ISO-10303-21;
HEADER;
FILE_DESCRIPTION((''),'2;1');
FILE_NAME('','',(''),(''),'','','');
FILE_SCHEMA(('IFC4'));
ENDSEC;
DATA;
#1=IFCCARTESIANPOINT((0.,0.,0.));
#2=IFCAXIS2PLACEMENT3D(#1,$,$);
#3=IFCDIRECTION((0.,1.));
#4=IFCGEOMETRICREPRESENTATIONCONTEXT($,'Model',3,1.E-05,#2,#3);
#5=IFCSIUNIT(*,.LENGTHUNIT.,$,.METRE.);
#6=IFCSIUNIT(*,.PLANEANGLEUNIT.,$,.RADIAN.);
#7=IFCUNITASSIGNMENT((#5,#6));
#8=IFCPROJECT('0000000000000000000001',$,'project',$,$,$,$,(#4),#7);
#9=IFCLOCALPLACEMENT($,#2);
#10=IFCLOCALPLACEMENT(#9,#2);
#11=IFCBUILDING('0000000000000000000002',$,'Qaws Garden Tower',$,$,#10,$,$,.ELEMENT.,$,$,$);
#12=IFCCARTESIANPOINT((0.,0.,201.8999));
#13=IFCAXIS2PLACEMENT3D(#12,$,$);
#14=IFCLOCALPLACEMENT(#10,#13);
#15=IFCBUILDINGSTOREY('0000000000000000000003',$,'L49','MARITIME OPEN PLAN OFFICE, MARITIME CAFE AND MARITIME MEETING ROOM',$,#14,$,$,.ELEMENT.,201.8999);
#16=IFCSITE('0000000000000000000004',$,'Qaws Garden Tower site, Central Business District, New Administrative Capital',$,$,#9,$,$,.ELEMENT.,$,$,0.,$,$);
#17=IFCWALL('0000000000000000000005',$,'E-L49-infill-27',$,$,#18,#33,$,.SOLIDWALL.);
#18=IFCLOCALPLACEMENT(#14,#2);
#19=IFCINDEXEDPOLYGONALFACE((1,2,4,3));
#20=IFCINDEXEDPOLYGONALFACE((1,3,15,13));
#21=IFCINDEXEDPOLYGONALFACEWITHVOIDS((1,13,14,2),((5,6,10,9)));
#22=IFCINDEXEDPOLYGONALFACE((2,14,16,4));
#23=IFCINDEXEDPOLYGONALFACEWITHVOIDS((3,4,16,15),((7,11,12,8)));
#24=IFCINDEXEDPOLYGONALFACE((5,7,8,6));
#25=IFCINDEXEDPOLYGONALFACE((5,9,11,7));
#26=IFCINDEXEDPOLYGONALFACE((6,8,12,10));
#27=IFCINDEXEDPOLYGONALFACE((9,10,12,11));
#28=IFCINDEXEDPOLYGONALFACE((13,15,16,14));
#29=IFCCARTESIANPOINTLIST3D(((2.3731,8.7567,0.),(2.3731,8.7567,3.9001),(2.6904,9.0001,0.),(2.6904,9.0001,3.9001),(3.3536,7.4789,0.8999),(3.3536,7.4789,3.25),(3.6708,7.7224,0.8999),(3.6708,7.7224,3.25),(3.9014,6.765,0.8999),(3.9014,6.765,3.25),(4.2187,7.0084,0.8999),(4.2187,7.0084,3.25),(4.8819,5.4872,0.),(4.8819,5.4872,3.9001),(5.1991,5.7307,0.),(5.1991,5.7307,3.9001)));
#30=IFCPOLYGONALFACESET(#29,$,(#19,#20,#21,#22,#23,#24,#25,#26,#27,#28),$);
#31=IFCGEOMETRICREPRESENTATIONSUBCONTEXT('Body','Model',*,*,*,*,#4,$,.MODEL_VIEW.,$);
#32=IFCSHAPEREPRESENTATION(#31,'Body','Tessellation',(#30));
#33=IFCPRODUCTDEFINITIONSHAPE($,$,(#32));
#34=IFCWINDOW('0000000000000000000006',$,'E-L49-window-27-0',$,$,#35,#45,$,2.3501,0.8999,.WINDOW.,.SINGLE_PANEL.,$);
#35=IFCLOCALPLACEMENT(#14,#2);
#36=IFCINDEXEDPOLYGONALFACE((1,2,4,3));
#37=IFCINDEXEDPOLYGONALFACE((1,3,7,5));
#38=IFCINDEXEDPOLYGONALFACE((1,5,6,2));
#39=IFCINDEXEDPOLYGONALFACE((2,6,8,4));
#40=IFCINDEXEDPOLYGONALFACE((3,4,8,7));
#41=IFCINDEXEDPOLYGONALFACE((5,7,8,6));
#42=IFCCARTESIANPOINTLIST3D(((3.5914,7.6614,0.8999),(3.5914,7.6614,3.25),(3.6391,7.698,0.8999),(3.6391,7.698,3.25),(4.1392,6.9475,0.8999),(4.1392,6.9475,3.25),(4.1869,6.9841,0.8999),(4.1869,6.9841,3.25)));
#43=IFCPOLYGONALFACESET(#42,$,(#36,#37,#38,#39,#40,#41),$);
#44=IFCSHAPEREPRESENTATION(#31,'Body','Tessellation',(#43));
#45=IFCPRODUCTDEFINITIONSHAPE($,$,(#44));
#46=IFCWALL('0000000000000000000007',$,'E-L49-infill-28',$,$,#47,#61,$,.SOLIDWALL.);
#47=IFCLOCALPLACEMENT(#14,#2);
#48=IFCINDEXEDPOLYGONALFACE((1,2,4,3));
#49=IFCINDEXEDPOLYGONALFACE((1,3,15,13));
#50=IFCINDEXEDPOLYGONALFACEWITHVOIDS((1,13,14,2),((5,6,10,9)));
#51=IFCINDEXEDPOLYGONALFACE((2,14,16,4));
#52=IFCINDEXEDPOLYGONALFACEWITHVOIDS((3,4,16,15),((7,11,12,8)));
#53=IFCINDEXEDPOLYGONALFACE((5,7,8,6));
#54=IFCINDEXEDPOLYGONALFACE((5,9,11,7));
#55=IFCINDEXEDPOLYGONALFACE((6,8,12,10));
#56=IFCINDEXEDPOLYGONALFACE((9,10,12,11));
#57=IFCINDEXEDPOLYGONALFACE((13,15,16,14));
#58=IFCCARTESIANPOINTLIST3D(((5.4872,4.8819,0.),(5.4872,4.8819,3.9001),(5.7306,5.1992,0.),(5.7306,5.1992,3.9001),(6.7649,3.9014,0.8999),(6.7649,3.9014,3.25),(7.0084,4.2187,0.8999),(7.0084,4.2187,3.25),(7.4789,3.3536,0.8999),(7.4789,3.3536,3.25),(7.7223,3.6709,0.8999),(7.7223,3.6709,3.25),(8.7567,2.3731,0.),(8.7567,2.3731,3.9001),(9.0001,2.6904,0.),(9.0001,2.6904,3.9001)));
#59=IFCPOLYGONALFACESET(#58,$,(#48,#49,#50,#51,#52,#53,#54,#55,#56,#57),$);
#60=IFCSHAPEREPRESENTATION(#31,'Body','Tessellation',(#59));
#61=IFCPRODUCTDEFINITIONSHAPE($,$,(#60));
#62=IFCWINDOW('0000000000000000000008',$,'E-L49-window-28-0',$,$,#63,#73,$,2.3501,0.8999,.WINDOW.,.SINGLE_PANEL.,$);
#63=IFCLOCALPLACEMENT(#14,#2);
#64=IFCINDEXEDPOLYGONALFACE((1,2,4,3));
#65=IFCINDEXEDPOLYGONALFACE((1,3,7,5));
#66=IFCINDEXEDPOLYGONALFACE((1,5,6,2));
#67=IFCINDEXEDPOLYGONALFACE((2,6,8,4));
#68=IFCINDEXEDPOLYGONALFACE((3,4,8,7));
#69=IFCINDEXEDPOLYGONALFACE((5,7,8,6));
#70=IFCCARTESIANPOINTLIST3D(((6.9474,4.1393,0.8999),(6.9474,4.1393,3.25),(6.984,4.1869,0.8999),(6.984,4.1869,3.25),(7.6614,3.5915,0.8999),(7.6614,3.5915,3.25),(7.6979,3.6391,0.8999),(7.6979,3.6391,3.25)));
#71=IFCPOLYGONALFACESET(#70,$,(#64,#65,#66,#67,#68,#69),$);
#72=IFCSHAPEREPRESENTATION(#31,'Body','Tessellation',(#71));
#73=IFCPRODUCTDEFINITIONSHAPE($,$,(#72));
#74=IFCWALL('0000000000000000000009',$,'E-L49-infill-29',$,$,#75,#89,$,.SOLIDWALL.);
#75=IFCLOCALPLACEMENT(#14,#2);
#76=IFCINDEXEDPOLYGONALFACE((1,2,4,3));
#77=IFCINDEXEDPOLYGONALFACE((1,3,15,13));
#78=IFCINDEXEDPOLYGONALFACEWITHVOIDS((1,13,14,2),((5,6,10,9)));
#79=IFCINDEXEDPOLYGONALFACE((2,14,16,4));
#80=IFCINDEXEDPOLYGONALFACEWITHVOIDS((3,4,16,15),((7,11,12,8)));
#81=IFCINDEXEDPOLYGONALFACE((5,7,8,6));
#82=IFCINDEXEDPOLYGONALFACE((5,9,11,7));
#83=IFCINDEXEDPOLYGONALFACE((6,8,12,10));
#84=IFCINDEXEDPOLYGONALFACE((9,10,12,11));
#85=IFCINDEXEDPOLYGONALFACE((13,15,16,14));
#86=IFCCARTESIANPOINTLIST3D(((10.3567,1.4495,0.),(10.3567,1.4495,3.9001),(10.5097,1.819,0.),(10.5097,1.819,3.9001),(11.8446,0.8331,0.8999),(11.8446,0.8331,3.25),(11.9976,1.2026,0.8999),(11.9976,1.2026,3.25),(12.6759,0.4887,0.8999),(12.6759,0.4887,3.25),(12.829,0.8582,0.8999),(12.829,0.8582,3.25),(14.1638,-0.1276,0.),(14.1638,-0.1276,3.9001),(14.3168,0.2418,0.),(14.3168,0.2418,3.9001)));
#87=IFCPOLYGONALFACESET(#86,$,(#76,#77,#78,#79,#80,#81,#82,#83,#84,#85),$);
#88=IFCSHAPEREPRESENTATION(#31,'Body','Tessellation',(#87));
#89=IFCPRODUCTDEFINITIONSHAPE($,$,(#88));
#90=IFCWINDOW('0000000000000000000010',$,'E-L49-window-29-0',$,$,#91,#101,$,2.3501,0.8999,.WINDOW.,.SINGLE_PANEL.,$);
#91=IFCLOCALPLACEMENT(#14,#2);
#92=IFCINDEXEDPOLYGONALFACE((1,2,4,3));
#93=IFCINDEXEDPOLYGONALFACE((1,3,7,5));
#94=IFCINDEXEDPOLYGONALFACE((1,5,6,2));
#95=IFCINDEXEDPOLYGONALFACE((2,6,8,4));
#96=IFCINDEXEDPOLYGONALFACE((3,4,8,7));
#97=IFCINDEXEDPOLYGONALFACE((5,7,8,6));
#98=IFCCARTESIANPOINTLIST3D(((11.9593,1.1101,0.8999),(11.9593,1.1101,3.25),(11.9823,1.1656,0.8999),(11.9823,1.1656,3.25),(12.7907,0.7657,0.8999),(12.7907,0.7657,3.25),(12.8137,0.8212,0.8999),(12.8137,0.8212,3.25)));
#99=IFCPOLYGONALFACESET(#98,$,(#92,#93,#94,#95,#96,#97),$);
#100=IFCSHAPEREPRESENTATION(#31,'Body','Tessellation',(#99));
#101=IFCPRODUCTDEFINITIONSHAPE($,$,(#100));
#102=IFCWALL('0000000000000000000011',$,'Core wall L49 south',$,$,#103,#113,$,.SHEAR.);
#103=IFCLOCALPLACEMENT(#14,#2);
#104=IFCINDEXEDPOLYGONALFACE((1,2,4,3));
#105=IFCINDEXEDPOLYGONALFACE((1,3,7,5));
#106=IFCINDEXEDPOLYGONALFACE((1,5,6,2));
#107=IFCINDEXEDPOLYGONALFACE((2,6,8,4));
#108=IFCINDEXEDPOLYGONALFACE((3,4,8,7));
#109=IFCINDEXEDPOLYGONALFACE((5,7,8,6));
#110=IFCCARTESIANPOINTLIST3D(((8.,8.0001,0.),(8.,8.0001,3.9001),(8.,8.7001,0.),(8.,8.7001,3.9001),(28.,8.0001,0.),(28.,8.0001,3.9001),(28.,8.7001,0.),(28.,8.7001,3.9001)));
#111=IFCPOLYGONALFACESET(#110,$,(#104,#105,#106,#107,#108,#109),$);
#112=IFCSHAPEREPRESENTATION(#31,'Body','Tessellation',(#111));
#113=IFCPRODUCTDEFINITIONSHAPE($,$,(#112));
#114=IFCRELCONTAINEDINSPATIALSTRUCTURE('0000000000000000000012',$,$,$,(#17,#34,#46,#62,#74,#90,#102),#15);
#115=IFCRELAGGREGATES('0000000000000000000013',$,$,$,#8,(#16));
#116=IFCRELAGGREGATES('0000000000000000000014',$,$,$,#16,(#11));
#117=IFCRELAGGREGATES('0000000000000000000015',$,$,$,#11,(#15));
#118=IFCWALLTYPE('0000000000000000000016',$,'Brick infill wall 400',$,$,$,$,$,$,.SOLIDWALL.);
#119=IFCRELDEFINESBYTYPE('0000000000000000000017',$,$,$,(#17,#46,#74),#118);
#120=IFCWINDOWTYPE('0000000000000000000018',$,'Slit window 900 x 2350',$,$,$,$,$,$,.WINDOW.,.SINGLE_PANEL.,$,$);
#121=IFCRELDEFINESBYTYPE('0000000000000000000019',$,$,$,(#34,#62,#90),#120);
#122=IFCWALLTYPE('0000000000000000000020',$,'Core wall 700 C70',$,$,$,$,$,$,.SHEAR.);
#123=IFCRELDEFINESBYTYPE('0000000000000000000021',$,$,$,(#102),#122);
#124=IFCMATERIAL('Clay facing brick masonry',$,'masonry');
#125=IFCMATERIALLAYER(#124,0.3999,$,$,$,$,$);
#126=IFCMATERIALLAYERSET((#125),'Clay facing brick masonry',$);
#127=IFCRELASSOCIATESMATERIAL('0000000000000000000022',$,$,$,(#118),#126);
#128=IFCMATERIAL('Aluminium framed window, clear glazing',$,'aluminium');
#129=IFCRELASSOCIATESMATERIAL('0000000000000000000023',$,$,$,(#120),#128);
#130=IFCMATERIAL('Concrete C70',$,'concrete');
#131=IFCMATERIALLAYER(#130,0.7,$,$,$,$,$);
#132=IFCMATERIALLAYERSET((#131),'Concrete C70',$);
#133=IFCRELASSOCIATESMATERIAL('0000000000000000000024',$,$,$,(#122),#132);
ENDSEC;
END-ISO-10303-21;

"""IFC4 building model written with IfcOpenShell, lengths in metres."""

from ifc_helpers import new_model, si_unit, direction, frame, frame_2d, origin, place, context, subcontext, project, spatial, rectangle, extrude, material, layer, layer_set, type_object, element, fill, save


model = new_model("IFC4")

# Units and contexts
model_context = context("Model", 3, precision=1e-05, world=origin(), true_north=direction((0.0, 1.0)))
body_context = subcontext(model_context, "Body", "Model", "MODEL_VIEW")
ifc_project = project(units=[si_unit("LENGTHUNIT", "METRE"), si_unit("PLANEANGLEUNIT", "RADIAN")], contexts=[model_context])

# Site, building, storey
site_placement = place(None, origin())
site = spatial("IfcSite", under=ifc_project, at=site_placement, Name="Qaws Garden Tower site, Central Business District, New Administrative Capital", CompositionType="ELEMENT", RefElevation=0.0)
building_placement = place(site_placement, origin())
building = spatial("IfcBuilding", under=site, at=building_placement, Name="Qaws Garden Tower", CompositionType="ELEMENT")
storey_placement = place(building_placement, frame((0.0, 0.0, 201.8999)))
storey = spatial("IfcBuildingStorey", under=building, at=storey_placement, Name="L49", Description="MARITIME OPEN PLAN OFFICE, MARITIME CAFE AND MARITIME MEETING ROOM", CompositionType="ELEMENT", Elevation=201.8999)

# Walls, openings, windows
ifc_material_1 = material(Name="Clay facing brick masonry", Category="masonry")
ifc_layer_1 = layer(ifc_material_1, 0.3999)
ifc_layer_set_1 = layer_set([ifc_layer_1], Name="Clay facing brick masonry")
wall_type_1 = type_object("IfcWallType", Name="Brick infill wall 400", PredefinedType="SOLIDWALL", material=ifc_layer_set_1)
wall_1_placement = place(storey_placement, frame((2.5317, 8.8784, 0.0), z_axis=(0.0, 0.0, 1.0), x_axis=(0.60876, -0.793355, 0.0)))
wall_1 = element("IfcWall", 1, at=wall_1_placement, inside=storey, type_object=wall_type_1, Name="E-L49-infill-27", PredefinedType="SOLIDWALL", context=body_context, shape_type="SweptSolid", body=[
    extrude(rectangle(XDim=4.1211, YDim=0.3999, at=frame_2d((2.0605, 0.0))), origin(), (0.0, 0.0, 1.0), 3.9001),
])
opening_1_placement = place(wall_1_placement, frame((1.6106, 0.0, 0.8999)))
opening_1 = element("IfcOpeningElement", 2, at=opening_1_placement, cuts=wall_1, PredefinedType="OPENING", context=body_context, shape_type="SweptSolid", body=[
    extrude(rectangle(XDim=0.8999, YDim=2.3501, at=frame_2d((0.45, 1.175))), frame((0.0, 0.21, 0.0), z_axis=(0.0, -1.0, 0.0), x_axis=(1.0, 0.0, 0.0)), (0.0, 0.0, 1.0), 0.4199),
])
ifc_material_2 = material(Name="Aluminium framed window, clear glazing", Category="aluminium")
window_type = type_object("IfcWindowType", Name="Slit window 900 x 2350", PartitioningType="SINGLE_PANEL", PredefinedType="WINDOW", material=ifc_material_2)
window_1_placement = place(opening_1_placement, origin())
window_1 = element("IfcWindow", 3, at=window_1_placement, inside=storey, type_object=window_type, Name="E-L49-window-27-0", OverallHeight=2.3501, OverallWidth=0.8999, PartitioningType="SINGLE_PANEL", PredefinedType="WINDOW", context=body_context, shape_type="SweptSolid", body=[
    extrude(rectangle(XDim=0.8999, YDim=2.3501, at=frame_2d((0.45, 1.175))), frame((0.0, 0.1599, 0.0), z_axis=(0.0, -1.0, 0.0), x_axis=(1.0, 0.0, 0.0)), (0.0, 0.0, 1.0), 0.0601),
])
fill(opening_1, window_1)
wall_2_placement = place(storey_placement, frame((5.6089, 5.0405, 0.0), z_axis=(0.0, 0.0, 1.0), x_axis=(0.793355, -0.60876, 0.0)))
wall_2 = element("IfcWall", 4, at=wall_2_placement, inside=storey, type_object=wall_type_1, Name="E-L49-infill-28", PredefinedType="SOLIDWALL", context=body_context, shape_type="SweptSolid", body=[
    extrude(rectangle(XDim=4.1211, YDim=0.3999, at=frame_2d((2.0605, 0.0))), origin(), (0.0, 0.0, 1.0), 3.9001),
])
opening_2_placement = place(wall_2_placement, frame((1.6106, 0.0, 0.8999)))
opening_2 = element("IfcOpeningElement", 5, at=opening_2_placement, cuts=wall_2, PredefinedType="OPENING", context=body_context, shape_type="SweptSolid", body=[
    extrude(rectangle(XDim=0.8999, YDim=2.3501, at=frame_2d((0.45, 1.175))), frame((0.0, 0.21, 0.0), z_axis=(0.0, -1.0, 0.0), x_axis=(1.0, 0.0, 0.0)), (0.0, 0.0, 1.0), 0.4199),
])
window_2_placement = place(opening_2_placement, origin())
window_2 = element("IfcWindow", 6, at=window_2_placement, inside=storey, type_object=window_type, Name="E-L49-window-28-0", OverallHeight=2.3501, OverallWidth=0.8999, PartitioningType="SINGLE_PANEL", PredefinedType="WINDOW", context=body_context, shape_type="SweptSolid", body=[
    extrude(rectangle(XDim=0.8999, YDim=2.3501, at=frame_2d((0.45, 1.175))), frame((0.0, 0.1599, 0.0), z_axis=(0.0, -1.0, 0.0), x_axis=(1.0, 0.0, 0.0)), (0.0, 0.0, 1.0), 0.0601),
])
fill(opening_2, window_2)
wall_3_placement = place(storey_placement, frame((10.4331, 1.6343, 0.0), z_axis=(0.0, 0.0, 1.0), x_axis=(0.923864, -0.382722, 0.0)))
wall_3 = element("IfcWall", 7, at=wall_3_placement, inside=storey, type_object=wall_type_1, Name="E-L49-infill-29", PredefinedType="SOLIDWALL", context=body_context, shape_type="SweptSolid", body=[
    extrude(rectangle(XDim=4.1208, YDim=0.3999, at=frame_2d((2.0605, 0.0))), origin(), (0.0, 0.0, 1.0), 3.9001),
])
opening_3_placement = place(wall_3_placement, frame((1.6106, 0.0, 0.8999)))
opening_3 = element("IfcOpeningElement", 8, at=opening_3_placement, cuts=wall_3, PredefinedType="OPENING", context=body_context, shape_type="SweptSolid", body=[
    extrude(rectangle(XDim=0.8999, YDim=2.3501, at=frame_2d((0.45, 1.175))), frame((0.0, 0.21, 0.0), z_axis=(0.0, -1.0, 0.0), x_axis=(1.0, 0.0, 0.0)), (0.0, 0.0, 1.0), 0.4199),
])
window_3_placement = place(opening_3_placement, origin())
window_3 = element("IfcWindow", 9, at=window_3_placement, inside=storey, type_object=window_type, Name="E-L49-window-29-0", OverallHeight=2.3501, OverallWidth=0.8999, PartitioningType="SINGLE_PANEL", PredefinedType="WINDOW", context=body_context, shape_type="SweptSolid", body=[
    extrude(rectangle(XDim=0.8999, YDim=2.3501, at=frame_2d((0.45, 1.175))), frame((0.0, 0.1599, 0.0), z_axis=(0.0, -1.0, 0.0), x_axis=(1.0, 0.0, 0.0)), (0.0, 0.0, 1.0), 0.0601),
])
fill(opening_3, window_3)

# Wall
ifc_material_3 = material(Name="Concrete C70", Category="concrete")
ifc_layer_2 = layer(ifc_material_3, 0.7)
ifc_layer_set_2 = layer_set([ifc_layer_2], Name="Concrete C70")
wall_type_2 = type_object("IfcWallType", Name="Core wall 700 C70", PredefinedType="SHEAR", material=ifc_layer_set_2)
wall_4_placement = place(storey_placement, frame((8.0, 8.3501, 0.0), z_axis=(0.0, 0.0, 1.0), x_axis=(1.0, 0.0, 0.0)))
element("IfcWall", 10, at=wall_4_placement, inside=storey, type_object=wall_type_2, Name="Core wall L49 south", PredefinedType="SHEAR", context=body_context, shape_type="SweptSolid", body=[
    extrude(rectangle(XDim=20.0, YDim=0.7, at=frame_2d((10.0, 0.0))), origin(), (0.0, 0.0, 1.0), 3.9001),
])

save(model, "model.ifc")
